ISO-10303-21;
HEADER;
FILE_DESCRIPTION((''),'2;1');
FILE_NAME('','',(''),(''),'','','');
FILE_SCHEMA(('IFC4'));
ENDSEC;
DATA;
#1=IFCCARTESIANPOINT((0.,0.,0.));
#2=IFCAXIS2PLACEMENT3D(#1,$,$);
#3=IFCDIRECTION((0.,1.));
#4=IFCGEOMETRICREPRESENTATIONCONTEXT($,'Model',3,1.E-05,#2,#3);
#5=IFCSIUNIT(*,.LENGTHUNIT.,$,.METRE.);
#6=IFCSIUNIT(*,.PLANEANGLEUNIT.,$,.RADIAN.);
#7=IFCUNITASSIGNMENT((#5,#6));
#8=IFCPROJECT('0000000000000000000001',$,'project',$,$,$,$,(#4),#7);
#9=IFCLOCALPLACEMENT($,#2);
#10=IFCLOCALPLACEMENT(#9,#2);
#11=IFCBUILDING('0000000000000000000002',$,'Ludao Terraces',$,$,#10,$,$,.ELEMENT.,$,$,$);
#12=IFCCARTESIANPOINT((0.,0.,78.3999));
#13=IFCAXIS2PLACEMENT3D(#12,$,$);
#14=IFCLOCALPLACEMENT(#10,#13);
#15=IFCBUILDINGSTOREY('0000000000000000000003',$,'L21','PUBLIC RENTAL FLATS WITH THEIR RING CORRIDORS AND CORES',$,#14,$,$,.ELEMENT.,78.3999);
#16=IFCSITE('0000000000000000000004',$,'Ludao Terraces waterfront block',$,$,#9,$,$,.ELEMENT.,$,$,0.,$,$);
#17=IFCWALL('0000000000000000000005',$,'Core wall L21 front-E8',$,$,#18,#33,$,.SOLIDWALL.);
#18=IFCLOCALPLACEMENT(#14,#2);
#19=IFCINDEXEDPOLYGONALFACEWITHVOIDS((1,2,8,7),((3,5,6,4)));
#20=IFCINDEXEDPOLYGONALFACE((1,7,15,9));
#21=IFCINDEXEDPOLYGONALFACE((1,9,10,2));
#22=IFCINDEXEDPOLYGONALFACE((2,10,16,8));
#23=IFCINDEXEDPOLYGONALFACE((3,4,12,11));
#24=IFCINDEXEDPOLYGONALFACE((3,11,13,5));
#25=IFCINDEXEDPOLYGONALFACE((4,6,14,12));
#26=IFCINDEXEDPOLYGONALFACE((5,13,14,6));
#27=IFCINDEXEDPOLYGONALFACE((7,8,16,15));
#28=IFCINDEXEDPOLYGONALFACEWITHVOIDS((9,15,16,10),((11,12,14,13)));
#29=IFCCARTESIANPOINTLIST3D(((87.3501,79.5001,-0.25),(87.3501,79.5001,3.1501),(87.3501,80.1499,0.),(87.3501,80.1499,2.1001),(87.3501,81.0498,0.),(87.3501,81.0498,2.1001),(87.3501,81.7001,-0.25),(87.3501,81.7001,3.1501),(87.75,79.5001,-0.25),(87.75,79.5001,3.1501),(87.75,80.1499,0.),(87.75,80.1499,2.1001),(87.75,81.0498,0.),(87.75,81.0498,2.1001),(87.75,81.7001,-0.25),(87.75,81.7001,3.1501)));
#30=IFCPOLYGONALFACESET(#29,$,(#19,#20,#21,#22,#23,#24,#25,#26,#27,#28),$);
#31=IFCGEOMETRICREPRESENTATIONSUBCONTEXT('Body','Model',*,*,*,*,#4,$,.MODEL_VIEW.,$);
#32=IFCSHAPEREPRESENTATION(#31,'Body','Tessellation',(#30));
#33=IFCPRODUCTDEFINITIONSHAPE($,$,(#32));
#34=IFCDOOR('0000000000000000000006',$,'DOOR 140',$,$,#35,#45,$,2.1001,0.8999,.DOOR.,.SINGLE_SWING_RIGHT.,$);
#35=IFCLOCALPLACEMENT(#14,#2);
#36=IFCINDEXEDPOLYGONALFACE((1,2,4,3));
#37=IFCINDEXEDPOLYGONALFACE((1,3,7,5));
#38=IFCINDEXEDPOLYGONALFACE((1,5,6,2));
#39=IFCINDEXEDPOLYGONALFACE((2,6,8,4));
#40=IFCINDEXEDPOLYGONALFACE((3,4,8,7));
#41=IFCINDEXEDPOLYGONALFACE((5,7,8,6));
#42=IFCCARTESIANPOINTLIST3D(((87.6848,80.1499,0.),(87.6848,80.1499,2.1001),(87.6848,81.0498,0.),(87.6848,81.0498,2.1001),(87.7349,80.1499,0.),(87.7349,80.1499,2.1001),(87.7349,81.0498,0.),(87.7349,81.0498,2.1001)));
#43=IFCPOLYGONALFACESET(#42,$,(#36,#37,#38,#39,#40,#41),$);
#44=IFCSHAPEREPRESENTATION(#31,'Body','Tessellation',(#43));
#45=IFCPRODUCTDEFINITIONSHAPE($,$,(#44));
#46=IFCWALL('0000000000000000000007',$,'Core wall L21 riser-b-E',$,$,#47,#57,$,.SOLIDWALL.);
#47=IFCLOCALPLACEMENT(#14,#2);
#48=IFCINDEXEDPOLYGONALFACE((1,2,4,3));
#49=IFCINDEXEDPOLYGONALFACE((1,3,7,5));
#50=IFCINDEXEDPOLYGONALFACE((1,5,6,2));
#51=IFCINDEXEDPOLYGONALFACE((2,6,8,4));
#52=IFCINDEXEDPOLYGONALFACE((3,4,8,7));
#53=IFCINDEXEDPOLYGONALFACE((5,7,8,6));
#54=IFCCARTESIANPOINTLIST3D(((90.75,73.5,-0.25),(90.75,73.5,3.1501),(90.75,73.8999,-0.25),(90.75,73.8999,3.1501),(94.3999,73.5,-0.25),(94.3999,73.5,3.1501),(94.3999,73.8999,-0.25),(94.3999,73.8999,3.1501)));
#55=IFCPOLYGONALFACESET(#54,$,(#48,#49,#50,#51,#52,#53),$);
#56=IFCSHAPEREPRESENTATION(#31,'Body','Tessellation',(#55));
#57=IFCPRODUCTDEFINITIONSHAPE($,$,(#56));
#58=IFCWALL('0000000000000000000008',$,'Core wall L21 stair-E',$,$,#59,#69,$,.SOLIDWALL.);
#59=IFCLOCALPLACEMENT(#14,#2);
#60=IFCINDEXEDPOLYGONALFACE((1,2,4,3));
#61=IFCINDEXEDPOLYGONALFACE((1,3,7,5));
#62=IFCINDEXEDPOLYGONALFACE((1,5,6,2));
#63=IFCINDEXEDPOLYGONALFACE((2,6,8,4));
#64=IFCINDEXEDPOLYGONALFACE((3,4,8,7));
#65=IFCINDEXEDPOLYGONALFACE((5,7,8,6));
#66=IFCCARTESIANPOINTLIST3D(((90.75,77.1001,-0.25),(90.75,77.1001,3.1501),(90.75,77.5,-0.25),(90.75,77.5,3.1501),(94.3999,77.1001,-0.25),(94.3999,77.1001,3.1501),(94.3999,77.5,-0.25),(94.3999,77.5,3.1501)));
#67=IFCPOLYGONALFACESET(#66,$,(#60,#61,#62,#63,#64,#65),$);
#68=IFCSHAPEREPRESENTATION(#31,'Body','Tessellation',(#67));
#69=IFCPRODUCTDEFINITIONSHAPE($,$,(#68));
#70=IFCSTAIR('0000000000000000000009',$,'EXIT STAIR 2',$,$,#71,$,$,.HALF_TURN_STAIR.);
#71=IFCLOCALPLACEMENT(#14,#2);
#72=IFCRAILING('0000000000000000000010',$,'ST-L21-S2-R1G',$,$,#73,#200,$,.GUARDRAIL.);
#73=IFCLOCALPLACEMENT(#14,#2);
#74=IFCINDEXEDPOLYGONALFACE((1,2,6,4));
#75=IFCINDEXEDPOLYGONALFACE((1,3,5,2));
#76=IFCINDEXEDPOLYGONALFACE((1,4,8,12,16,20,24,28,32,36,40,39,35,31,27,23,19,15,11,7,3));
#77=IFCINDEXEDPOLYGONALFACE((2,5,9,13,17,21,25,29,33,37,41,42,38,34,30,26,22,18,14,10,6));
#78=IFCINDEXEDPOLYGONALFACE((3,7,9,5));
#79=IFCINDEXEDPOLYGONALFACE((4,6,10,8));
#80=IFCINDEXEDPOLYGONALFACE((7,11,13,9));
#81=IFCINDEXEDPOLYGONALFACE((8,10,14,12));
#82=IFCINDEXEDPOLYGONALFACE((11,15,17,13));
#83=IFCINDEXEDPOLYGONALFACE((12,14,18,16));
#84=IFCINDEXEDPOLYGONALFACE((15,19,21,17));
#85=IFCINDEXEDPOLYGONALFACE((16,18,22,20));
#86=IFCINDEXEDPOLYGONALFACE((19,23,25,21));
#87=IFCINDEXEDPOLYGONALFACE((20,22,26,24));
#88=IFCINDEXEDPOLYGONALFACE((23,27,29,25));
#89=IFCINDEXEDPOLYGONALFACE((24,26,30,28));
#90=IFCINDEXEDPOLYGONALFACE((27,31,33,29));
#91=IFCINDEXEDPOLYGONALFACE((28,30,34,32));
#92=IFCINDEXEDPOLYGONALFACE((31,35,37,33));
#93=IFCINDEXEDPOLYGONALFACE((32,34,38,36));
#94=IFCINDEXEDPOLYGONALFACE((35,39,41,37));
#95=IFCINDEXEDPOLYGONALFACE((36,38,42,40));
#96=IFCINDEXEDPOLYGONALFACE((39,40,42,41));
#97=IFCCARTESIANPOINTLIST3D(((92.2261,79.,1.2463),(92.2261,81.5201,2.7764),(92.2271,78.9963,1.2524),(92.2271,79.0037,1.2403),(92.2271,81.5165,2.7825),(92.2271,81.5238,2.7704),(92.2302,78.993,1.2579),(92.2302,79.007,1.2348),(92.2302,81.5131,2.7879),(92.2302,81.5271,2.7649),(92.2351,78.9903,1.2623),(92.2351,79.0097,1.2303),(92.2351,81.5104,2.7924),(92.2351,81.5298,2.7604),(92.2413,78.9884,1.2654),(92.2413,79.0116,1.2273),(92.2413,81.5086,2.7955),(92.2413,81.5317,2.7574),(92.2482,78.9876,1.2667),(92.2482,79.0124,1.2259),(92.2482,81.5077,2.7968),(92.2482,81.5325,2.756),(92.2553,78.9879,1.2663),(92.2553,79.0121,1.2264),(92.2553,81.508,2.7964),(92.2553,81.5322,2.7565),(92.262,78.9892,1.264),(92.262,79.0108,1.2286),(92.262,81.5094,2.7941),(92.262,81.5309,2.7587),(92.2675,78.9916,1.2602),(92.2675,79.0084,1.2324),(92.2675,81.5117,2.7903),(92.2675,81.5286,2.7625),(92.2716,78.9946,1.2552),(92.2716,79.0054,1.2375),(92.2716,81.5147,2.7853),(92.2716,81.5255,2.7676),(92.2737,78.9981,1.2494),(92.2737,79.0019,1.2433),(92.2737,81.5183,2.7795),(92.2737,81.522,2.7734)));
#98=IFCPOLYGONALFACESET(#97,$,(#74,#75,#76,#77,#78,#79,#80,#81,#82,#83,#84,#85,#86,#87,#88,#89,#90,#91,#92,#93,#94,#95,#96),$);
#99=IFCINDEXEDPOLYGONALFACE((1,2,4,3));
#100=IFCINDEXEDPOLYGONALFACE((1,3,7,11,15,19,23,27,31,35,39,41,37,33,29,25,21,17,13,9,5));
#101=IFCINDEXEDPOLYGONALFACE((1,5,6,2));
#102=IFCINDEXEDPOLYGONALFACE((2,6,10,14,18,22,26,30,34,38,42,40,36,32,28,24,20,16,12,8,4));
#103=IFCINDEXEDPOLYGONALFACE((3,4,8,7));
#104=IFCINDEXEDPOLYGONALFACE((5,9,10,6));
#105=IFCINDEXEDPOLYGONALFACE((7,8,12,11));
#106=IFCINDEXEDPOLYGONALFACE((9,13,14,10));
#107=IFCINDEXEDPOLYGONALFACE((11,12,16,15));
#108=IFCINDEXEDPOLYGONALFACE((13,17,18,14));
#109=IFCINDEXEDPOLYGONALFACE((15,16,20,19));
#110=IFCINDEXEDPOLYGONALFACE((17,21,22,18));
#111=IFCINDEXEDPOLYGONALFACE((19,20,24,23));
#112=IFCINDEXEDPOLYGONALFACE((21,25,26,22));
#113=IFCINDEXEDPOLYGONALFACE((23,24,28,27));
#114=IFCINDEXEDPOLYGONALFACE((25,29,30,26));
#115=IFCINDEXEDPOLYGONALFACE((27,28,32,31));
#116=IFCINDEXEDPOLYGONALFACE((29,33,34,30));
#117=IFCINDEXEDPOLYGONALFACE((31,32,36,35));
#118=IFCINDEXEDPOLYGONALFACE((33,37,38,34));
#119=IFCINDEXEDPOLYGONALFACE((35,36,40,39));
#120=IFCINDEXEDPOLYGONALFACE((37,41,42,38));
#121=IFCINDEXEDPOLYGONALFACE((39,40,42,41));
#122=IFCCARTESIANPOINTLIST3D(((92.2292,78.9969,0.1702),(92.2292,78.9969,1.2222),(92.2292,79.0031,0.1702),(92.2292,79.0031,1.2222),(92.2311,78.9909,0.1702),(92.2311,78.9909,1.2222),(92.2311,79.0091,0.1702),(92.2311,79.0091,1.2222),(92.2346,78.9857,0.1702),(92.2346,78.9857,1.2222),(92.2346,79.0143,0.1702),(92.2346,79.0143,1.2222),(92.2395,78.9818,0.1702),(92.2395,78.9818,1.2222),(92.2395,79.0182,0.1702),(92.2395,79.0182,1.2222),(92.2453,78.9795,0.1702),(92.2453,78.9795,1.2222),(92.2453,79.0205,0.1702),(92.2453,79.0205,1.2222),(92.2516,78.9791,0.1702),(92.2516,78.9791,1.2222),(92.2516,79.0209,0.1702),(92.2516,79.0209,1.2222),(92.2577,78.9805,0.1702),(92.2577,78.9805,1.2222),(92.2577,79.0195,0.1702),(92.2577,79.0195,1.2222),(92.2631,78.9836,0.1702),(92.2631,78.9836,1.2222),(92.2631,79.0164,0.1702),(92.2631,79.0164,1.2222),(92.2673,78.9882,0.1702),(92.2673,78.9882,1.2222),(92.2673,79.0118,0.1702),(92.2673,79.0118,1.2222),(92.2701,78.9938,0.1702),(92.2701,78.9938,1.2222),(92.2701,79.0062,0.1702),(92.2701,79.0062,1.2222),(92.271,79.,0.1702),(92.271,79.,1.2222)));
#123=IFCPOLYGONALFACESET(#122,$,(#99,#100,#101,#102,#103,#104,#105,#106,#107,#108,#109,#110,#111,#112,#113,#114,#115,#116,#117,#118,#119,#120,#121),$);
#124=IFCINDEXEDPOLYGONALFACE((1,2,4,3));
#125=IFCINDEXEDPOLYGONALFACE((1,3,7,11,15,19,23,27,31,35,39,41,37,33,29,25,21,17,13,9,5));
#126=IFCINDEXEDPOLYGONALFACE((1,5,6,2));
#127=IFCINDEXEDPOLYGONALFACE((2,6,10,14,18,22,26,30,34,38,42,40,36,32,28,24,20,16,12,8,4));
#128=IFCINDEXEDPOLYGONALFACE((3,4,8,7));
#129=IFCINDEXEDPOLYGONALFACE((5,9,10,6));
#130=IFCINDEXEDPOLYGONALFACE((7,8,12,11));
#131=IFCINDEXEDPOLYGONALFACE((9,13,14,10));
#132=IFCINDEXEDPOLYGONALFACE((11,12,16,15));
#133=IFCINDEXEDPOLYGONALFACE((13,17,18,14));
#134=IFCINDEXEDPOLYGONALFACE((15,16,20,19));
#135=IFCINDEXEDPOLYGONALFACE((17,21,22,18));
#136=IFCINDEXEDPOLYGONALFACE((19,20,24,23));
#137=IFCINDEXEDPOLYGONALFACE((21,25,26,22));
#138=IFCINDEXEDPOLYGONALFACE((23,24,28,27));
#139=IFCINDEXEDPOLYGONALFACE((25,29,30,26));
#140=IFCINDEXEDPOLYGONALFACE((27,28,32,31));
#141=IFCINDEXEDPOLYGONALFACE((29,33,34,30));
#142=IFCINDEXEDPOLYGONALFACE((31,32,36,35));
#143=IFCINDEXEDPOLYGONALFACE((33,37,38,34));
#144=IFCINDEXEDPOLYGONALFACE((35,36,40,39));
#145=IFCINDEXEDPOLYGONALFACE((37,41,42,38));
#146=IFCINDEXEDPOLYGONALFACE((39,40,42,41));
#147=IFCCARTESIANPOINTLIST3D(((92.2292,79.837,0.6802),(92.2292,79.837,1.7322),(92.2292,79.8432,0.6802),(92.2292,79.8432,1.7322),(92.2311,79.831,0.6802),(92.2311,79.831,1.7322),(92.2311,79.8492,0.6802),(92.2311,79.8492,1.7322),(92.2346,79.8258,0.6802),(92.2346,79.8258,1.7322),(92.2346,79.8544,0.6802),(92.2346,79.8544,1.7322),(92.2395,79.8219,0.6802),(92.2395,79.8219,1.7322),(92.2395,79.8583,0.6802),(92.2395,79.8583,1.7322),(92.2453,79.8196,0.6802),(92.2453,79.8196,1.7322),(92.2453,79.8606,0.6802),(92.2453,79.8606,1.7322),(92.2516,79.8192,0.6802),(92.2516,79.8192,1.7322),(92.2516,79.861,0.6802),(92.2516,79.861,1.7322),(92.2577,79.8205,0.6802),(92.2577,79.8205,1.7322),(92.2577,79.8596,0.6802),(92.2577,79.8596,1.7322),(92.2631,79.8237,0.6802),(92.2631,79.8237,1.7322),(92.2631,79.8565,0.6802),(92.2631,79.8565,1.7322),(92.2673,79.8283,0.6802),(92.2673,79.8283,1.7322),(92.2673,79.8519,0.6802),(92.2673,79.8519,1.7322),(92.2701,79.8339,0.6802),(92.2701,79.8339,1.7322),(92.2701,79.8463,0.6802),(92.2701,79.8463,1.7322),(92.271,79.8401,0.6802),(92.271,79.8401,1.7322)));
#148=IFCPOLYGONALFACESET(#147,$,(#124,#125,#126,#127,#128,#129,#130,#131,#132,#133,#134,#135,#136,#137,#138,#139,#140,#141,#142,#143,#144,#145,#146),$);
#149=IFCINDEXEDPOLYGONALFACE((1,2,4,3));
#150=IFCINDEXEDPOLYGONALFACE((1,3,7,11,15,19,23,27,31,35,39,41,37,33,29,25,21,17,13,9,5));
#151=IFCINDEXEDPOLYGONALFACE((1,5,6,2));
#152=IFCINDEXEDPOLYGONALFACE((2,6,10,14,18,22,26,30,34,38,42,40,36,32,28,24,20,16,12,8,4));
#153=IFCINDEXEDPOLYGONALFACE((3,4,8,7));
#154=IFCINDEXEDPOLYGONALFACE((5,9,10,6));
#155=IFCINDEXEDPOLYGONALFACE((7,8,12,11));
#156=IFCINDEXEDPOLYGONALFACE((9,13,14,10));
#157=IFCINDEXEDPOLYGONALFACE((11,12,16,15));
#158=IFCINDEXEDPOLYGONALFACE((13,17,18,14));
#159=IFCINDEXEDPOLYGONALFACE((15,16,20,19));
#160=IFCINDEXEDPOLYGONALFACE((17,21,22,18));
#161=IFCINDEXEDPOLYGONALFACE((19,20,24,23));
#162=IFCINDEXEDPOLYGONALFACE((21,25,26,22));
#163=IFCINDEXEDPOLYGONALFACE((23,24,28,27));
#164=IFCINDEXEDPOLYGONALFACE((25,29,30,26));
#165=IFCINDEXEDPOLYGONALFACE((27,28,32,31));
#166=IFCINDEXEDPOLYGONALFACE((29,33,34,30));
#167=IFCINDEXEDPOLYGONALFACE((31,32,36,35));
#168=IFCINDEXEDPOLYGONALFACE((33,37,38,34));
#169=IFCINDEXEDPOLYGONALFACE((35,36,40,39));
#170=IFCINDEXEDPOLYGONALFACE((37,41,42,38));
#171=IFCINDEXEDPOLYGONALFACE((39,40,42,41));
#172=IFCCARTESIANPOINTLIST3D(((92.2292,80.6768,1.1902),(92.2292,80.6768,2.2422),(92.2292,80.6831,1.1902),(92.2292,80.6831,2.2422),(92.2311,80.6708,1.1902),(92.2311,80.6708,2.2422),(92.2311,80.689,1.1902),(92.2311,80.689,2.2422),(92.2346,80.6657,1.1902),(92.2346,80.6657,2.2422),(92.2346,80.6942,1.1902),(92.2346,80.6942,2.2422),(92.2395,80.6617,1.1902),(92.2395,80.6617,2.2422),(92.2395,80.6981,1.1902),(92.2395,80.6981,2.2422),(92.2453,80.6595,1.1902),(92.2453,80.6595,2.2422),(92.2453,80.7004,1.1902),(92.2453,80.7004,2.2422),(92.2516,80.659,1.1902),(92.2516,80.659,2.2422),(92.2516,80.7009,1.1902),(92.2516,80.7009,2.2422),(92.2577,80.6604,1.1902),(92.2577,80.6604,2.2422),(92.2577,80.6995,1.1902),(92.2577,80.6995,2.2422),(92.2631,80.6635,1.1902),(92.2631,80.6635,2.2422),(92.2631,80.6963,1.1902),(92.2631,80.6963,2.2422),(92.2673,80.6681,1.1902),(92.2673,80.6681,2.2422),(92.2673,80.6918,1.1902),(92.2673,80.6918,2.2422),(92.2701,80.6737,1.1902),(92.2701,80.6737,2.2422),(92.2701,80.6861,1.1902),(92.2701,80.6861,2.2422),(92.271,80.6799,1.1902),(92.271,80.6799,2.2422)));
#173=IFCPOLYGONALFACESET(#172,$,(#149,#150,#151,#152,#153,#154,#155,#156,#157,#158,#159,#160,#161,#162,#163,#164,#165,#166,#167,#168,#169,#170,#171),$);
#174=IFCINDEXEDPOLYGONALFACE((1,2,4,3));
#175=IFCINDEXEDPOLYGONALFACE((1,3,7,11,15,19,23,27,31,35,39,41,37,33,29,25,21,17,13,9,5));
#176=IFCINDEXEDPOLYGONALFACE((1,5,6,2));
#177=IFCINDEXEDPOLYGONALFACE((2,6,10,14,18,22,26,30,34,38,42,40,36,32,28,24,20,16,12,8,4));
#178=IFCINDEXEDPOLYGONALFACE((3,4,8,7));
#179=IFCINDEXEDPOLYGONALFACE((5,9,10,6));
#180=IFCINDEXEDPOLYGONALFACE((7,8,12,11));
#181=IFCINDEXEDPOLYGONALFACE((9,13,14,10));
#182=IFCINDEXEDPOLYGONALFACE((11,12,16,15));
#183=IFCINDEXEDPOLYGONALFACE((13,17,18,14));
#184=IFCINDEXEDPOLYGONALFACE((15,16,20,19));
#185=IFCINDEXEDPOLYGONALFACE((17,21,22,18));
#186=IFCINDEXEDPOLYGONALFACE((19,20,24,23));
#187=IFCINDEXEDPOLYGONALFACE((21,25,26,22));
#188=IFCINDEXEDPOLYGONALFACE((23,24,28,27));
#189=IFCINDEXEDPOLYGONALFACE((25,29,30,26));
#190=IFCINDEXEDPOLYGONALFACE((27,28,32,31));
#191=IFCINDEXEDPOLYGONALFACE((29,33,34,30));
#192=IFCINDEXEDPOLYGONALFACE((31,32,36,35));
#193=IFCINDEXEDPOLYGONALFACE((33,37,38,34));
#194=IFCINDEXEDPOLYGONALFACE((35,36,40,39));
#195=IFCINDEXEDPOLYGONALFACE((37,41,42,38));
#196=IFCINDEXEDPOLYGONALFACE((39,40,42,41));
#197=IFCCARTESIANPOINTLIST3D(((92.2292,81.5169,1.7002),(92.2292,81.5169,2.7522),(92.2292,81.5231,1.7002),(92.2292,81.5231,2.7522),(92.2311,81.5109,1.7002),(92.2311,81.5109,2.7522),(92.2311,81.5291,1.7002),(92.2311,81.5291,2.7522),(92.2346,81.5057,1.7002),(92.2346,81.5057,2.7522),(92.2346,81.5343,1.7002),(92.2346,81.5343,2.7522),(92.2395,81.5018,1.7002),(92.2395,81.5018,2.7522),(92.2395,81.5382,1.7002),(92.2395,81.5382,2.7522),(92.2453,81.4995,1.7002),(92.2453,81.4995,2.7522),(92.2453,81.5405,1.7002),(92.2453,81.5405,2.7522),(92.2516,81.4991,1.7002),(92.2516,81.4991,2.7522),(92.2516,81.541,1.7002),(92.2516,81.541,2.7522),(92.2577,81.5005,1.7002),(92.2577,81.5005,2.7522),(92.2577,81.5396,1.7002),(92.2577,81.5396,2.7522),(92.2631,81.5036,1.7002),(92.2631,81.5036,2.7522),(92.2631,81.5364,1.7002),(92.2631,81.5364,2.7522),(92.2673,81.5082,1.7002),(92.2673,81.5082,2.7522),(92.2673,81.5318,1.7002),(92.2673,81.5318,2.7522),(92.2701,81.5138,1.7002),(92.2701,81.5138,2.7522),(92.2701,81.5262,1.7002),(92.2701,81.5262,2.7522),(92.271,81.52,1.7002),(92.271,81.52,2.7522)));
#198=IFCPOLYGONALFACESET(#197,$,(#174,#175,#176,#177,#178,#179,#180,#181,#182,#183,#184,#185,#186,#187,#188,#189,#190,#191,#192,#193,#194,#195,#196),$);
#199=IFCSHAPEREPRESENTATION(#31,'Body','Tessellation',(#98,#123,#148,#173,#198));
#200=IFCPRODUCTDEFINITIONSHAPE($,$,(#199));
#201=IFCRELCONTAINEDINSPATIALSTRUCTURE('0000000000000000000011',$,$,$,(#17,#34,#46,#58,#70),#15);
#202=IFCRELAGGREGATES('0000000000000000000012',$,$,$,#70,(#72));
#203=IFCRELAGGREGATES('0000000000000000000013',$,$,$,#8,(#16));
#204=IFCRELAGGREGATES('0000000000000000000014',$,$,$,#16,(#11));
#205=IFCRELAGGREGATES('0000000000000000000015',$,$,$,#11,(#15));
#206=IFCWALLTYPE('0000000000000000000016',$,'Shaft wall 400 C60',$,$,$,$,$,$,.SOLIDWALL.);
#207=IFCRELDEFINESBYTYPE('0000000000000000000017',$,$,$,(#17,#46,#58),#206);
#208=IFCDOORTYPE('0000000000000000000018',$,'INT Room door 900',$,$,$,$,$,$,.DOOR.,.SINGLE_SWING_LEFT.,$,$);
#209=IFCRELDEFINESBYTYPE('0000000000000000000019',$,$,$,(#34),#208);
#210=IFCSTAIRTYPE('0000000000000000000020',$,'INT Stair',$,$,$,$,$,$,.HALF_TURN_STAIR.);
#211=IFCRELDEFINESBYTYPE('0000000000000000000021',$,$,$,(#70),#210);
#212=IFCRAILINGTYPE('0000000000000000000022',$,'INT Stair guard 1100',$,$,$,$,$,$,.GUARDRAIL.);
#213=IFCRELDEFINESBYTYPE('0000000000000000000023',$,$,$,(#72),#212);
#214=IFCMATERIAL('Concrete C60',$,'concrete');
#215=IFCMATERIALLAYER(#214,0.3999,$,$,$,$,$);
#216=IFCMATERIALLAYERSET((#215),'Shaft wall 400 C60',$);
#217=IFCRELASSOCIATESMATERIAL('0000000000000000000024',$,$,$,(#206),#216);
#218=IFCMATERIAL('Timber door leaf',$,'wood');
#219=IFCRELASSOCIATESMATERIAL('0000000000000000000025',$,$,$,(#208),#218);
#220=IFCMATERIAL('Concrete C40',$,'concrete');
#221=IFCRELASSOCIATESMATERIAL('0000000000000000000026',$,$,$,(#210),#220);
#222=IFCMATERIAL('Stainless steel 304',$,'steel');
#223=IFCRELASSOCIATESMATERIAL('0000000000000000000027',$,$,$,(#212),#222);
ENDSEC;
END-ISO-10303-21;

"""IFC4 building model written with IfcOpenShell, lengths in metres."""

from ifc_helpers import new_model, si_unit, direction, frame, frame_2d, origin, origin_2d, place, context, subcontext, project, spatial, rectangle, circle, extrude, material, layer, layer_set, type_object, element, fill, aggregate, save


model = new_model("IFC4")

# Units and contexts
model_context = context("Model", 3, precision=1e-05, world=origin(), true_north=direction((0.0, 1.0)))
body_context = subcontext(model_context, "Body", "Model", "MODEL_VIEW")
ifc_project = project(units=[si_unit("LENGTHUNIT", "METRE"), si_unit("PLANEANGLEUNIT", "RADIAN")], contexts=[model_context])

# Site, building, storey
site_placement = place(None, origin())
site = spatial("IfcSite", under=ifc_project, at=site_placement, Name="Ludao Terraces waterfront block", CompositionType="ELEMENT", RefElevation=0.0)
building_placement = place(site_placement, origin())
building = spatial("IfcBuilding", under=site, at=building_placement, Name="Ludao Terraces", CompositionType="ELEMENT")
storey_placement = place(building_placement, frame((0.0, 0.0, 78.3999)))
storey = spatial("IfcBuildingStorey", under=building, at=storey_placement, Name="L21", Description="PUBLIC RENTAL FLATS WITH THEIR RING CORRIDORS AND CORES", CompositionType="ELEMENT", Elevation=78.3999)

# Shared definitions
ifc_material_1 = material(Name="Concrete C60", Category="concrete")
ifc_layer_1 = layer(ifc_material_1, 0.3999)
ifc_layer_set_1 = layer_set([ifc_layer_1], Name="Shaft wall 400 C60")
wall_type_1 = type_object("IfcWallType", Name="Shaft wall 400 C60", PredefinedType="SOLIDWALL", material=ifc_layer_set_1)

# Shared definitions
ifc_material_2 = material(Name="Timber door leaf", Category="wood")
door_type_1 = type_object("IfcDoorType", Name="INT Room door 900", OperationType="SINGLE_SWING_LEFT", PredefinedType="DOOR", material=ifc_material_2)

# Wall, opening, door
wall_1_placement = place(storey_placement, frame((87.55, 79.5, -0.25), z_axis=(0.0, 0.0, 1.0), x_axis=(0.0, 1.0, 0.0)))
wall_1 = element("IfcWall", 1, at=wall_1_placement, inside=storey, type_object=wall_type_1, Name="Core wall L21 front-E8", PredefinedType="SOLIDWALL", context=body_context, shape_type="SweptSolid", body=[
    extrude(rectangle(XDim=2.2, YDim=0.3999, at=frame_2d((1.1001, 0.0))), origin(), (0.0, 0.0, 1.0), 3.4001),
])
opening_1_placement = place(wall_1_placement, frame((0.6499, 0.0, 0.25)))
opening_1 = element("IfcOpeningElement", 2, at=opening_1_placement, cuts=wall_1, PredefinedType="OPENING", context=body_context, shape_type="SweptSolid", body=[
    extrude(rectangle(XDim=0.8999, YDim=2.1001, at=frame_2d((0.45, 1.05))), frame((0.0, 0.21, 0.0), z_axis=(0.0, -1.0, 0.0), x_axis=(1.0, 0.0, 0.0)), (0.0, 0.0, 1.0), 0.4199),
])
door_1_placement = place(opening_1_placement, origin())
door_1 = element("IfcDoor", 3, at=door_1_placement, inside=storey, type_object=door_type_1, Name="DOOR 140", OperationType="SINGLE_SWING_RIGHT", OverallHeight=2.1001, OverallWidth=0.8999, PredefinedType="DOOR", context=body_context, shape_type="SweptSolid", body=[
    extrude(rectangle(XDim=0.8999, YDim=2.1001, at=frame_2d((0.45, 1.05))), frame((0.0, -0.1348, 0.0), z_axis=(0.0, -1.0, 0.0), x_axis=(1.0, 0.0, 0.0)), (0.0, 0.0, 1.0), 0.05),
])
fill(opening_1, door_1)

# Walls
for number, where, z_axis, x_axis, name in (
    (4, (90.75, 73.7, -0.25), (0.0, 0.0, 1.0), (1.0, 0.0, 0.0), "Core wall L21 riser-b-E"),
    (5, (90.75, 77.3, -0.25), (0.0, 0.0, 1.0), (1.0, 0.0, 0.0), "Core wall L21 stair-E"),
):
    element("IfcWall", number, at=place(storey_placement, frame(where, z_axis=z_axis, x_axis=x_axis)), inside=storey, type_object=wall_type_1, Name=name, PredefinedType="SOLIDWALL", context=body_context, shape_type="SweptSolid", body=[
        extrude(rectangle(XDim=3.6499, YDim=0.3999, at=frame_2d((1.825, 0.0))), origin(), (0.0, 0.0, 1.0), 3.4001),
    ])

# Stair, railing
ifc_material_3 = material(Name="Concrete C40", Category="concrete")
stair_type = type_object("IfcStairType", Name="INT Stair", PredefinedType="HALF_TURN_STAIR", material=ifc_material_3)
stair_placement = place(storey_placement, origin())
stair = element("IfcStair", 6, at=stair_placement, inside=storey, type_object=stair_type, Name="EXIT STAIR 2", PredefinedType="HALF_TURN_STAIR")
ifc_material_4 = material(Name="Stainless steel 304", Category="steel")
railing_type_1 = type_object("IfcRailingType", Name="INT Stair guard 1100", PredefinedType="GUARDRAIL", material=ifc_material_4)
railing_1_placement = place(storey_placement, frame((92.25, 79.0, 0.1702)))
railing_1 = element("IfcRailing", 7, at=railing_1_placement, type_object=railing_type_1, Name="ST-L21-S2-R1G", PredefinedType="GUARDRAIL", context=body_context, shape_type="SweptSolid", body=[
    extrude(circle(Radius=0.0239, at=origin_2d()), frame((0.0, 0.0, 1.0762), z_axis=(0.0, 0.854785, 0.518982), x_axis=(-1.0, 0.0, 0.0)), (0.0, 0.0, 1.0), 2.9482),
    extrude(circle(Radius=0.021, at=origin_2d()), origin(), (0.0, 0.0, 1.0), 1.052),
    extrude(circle(Radius=0.021, at=origin_2d()), frame((0.0, 0.8401, 0.51)), (0.0, 0.0, 1.0), 1.052),
    extrude(circle(Radius=0.021, at=origin_2d()), frame((0.0, 1.6799, 1.02)), (0.0, 0.0, 1.0), 1.052),
    extrude(circle(Radius=0.021, at=origin_2d()), frame((0.0, 2.52, 1.53)), (0.0, 0.0, 1.0), 1.052),
])
aggregate(stair, [railing_1])

save(model, "model.ifc")
